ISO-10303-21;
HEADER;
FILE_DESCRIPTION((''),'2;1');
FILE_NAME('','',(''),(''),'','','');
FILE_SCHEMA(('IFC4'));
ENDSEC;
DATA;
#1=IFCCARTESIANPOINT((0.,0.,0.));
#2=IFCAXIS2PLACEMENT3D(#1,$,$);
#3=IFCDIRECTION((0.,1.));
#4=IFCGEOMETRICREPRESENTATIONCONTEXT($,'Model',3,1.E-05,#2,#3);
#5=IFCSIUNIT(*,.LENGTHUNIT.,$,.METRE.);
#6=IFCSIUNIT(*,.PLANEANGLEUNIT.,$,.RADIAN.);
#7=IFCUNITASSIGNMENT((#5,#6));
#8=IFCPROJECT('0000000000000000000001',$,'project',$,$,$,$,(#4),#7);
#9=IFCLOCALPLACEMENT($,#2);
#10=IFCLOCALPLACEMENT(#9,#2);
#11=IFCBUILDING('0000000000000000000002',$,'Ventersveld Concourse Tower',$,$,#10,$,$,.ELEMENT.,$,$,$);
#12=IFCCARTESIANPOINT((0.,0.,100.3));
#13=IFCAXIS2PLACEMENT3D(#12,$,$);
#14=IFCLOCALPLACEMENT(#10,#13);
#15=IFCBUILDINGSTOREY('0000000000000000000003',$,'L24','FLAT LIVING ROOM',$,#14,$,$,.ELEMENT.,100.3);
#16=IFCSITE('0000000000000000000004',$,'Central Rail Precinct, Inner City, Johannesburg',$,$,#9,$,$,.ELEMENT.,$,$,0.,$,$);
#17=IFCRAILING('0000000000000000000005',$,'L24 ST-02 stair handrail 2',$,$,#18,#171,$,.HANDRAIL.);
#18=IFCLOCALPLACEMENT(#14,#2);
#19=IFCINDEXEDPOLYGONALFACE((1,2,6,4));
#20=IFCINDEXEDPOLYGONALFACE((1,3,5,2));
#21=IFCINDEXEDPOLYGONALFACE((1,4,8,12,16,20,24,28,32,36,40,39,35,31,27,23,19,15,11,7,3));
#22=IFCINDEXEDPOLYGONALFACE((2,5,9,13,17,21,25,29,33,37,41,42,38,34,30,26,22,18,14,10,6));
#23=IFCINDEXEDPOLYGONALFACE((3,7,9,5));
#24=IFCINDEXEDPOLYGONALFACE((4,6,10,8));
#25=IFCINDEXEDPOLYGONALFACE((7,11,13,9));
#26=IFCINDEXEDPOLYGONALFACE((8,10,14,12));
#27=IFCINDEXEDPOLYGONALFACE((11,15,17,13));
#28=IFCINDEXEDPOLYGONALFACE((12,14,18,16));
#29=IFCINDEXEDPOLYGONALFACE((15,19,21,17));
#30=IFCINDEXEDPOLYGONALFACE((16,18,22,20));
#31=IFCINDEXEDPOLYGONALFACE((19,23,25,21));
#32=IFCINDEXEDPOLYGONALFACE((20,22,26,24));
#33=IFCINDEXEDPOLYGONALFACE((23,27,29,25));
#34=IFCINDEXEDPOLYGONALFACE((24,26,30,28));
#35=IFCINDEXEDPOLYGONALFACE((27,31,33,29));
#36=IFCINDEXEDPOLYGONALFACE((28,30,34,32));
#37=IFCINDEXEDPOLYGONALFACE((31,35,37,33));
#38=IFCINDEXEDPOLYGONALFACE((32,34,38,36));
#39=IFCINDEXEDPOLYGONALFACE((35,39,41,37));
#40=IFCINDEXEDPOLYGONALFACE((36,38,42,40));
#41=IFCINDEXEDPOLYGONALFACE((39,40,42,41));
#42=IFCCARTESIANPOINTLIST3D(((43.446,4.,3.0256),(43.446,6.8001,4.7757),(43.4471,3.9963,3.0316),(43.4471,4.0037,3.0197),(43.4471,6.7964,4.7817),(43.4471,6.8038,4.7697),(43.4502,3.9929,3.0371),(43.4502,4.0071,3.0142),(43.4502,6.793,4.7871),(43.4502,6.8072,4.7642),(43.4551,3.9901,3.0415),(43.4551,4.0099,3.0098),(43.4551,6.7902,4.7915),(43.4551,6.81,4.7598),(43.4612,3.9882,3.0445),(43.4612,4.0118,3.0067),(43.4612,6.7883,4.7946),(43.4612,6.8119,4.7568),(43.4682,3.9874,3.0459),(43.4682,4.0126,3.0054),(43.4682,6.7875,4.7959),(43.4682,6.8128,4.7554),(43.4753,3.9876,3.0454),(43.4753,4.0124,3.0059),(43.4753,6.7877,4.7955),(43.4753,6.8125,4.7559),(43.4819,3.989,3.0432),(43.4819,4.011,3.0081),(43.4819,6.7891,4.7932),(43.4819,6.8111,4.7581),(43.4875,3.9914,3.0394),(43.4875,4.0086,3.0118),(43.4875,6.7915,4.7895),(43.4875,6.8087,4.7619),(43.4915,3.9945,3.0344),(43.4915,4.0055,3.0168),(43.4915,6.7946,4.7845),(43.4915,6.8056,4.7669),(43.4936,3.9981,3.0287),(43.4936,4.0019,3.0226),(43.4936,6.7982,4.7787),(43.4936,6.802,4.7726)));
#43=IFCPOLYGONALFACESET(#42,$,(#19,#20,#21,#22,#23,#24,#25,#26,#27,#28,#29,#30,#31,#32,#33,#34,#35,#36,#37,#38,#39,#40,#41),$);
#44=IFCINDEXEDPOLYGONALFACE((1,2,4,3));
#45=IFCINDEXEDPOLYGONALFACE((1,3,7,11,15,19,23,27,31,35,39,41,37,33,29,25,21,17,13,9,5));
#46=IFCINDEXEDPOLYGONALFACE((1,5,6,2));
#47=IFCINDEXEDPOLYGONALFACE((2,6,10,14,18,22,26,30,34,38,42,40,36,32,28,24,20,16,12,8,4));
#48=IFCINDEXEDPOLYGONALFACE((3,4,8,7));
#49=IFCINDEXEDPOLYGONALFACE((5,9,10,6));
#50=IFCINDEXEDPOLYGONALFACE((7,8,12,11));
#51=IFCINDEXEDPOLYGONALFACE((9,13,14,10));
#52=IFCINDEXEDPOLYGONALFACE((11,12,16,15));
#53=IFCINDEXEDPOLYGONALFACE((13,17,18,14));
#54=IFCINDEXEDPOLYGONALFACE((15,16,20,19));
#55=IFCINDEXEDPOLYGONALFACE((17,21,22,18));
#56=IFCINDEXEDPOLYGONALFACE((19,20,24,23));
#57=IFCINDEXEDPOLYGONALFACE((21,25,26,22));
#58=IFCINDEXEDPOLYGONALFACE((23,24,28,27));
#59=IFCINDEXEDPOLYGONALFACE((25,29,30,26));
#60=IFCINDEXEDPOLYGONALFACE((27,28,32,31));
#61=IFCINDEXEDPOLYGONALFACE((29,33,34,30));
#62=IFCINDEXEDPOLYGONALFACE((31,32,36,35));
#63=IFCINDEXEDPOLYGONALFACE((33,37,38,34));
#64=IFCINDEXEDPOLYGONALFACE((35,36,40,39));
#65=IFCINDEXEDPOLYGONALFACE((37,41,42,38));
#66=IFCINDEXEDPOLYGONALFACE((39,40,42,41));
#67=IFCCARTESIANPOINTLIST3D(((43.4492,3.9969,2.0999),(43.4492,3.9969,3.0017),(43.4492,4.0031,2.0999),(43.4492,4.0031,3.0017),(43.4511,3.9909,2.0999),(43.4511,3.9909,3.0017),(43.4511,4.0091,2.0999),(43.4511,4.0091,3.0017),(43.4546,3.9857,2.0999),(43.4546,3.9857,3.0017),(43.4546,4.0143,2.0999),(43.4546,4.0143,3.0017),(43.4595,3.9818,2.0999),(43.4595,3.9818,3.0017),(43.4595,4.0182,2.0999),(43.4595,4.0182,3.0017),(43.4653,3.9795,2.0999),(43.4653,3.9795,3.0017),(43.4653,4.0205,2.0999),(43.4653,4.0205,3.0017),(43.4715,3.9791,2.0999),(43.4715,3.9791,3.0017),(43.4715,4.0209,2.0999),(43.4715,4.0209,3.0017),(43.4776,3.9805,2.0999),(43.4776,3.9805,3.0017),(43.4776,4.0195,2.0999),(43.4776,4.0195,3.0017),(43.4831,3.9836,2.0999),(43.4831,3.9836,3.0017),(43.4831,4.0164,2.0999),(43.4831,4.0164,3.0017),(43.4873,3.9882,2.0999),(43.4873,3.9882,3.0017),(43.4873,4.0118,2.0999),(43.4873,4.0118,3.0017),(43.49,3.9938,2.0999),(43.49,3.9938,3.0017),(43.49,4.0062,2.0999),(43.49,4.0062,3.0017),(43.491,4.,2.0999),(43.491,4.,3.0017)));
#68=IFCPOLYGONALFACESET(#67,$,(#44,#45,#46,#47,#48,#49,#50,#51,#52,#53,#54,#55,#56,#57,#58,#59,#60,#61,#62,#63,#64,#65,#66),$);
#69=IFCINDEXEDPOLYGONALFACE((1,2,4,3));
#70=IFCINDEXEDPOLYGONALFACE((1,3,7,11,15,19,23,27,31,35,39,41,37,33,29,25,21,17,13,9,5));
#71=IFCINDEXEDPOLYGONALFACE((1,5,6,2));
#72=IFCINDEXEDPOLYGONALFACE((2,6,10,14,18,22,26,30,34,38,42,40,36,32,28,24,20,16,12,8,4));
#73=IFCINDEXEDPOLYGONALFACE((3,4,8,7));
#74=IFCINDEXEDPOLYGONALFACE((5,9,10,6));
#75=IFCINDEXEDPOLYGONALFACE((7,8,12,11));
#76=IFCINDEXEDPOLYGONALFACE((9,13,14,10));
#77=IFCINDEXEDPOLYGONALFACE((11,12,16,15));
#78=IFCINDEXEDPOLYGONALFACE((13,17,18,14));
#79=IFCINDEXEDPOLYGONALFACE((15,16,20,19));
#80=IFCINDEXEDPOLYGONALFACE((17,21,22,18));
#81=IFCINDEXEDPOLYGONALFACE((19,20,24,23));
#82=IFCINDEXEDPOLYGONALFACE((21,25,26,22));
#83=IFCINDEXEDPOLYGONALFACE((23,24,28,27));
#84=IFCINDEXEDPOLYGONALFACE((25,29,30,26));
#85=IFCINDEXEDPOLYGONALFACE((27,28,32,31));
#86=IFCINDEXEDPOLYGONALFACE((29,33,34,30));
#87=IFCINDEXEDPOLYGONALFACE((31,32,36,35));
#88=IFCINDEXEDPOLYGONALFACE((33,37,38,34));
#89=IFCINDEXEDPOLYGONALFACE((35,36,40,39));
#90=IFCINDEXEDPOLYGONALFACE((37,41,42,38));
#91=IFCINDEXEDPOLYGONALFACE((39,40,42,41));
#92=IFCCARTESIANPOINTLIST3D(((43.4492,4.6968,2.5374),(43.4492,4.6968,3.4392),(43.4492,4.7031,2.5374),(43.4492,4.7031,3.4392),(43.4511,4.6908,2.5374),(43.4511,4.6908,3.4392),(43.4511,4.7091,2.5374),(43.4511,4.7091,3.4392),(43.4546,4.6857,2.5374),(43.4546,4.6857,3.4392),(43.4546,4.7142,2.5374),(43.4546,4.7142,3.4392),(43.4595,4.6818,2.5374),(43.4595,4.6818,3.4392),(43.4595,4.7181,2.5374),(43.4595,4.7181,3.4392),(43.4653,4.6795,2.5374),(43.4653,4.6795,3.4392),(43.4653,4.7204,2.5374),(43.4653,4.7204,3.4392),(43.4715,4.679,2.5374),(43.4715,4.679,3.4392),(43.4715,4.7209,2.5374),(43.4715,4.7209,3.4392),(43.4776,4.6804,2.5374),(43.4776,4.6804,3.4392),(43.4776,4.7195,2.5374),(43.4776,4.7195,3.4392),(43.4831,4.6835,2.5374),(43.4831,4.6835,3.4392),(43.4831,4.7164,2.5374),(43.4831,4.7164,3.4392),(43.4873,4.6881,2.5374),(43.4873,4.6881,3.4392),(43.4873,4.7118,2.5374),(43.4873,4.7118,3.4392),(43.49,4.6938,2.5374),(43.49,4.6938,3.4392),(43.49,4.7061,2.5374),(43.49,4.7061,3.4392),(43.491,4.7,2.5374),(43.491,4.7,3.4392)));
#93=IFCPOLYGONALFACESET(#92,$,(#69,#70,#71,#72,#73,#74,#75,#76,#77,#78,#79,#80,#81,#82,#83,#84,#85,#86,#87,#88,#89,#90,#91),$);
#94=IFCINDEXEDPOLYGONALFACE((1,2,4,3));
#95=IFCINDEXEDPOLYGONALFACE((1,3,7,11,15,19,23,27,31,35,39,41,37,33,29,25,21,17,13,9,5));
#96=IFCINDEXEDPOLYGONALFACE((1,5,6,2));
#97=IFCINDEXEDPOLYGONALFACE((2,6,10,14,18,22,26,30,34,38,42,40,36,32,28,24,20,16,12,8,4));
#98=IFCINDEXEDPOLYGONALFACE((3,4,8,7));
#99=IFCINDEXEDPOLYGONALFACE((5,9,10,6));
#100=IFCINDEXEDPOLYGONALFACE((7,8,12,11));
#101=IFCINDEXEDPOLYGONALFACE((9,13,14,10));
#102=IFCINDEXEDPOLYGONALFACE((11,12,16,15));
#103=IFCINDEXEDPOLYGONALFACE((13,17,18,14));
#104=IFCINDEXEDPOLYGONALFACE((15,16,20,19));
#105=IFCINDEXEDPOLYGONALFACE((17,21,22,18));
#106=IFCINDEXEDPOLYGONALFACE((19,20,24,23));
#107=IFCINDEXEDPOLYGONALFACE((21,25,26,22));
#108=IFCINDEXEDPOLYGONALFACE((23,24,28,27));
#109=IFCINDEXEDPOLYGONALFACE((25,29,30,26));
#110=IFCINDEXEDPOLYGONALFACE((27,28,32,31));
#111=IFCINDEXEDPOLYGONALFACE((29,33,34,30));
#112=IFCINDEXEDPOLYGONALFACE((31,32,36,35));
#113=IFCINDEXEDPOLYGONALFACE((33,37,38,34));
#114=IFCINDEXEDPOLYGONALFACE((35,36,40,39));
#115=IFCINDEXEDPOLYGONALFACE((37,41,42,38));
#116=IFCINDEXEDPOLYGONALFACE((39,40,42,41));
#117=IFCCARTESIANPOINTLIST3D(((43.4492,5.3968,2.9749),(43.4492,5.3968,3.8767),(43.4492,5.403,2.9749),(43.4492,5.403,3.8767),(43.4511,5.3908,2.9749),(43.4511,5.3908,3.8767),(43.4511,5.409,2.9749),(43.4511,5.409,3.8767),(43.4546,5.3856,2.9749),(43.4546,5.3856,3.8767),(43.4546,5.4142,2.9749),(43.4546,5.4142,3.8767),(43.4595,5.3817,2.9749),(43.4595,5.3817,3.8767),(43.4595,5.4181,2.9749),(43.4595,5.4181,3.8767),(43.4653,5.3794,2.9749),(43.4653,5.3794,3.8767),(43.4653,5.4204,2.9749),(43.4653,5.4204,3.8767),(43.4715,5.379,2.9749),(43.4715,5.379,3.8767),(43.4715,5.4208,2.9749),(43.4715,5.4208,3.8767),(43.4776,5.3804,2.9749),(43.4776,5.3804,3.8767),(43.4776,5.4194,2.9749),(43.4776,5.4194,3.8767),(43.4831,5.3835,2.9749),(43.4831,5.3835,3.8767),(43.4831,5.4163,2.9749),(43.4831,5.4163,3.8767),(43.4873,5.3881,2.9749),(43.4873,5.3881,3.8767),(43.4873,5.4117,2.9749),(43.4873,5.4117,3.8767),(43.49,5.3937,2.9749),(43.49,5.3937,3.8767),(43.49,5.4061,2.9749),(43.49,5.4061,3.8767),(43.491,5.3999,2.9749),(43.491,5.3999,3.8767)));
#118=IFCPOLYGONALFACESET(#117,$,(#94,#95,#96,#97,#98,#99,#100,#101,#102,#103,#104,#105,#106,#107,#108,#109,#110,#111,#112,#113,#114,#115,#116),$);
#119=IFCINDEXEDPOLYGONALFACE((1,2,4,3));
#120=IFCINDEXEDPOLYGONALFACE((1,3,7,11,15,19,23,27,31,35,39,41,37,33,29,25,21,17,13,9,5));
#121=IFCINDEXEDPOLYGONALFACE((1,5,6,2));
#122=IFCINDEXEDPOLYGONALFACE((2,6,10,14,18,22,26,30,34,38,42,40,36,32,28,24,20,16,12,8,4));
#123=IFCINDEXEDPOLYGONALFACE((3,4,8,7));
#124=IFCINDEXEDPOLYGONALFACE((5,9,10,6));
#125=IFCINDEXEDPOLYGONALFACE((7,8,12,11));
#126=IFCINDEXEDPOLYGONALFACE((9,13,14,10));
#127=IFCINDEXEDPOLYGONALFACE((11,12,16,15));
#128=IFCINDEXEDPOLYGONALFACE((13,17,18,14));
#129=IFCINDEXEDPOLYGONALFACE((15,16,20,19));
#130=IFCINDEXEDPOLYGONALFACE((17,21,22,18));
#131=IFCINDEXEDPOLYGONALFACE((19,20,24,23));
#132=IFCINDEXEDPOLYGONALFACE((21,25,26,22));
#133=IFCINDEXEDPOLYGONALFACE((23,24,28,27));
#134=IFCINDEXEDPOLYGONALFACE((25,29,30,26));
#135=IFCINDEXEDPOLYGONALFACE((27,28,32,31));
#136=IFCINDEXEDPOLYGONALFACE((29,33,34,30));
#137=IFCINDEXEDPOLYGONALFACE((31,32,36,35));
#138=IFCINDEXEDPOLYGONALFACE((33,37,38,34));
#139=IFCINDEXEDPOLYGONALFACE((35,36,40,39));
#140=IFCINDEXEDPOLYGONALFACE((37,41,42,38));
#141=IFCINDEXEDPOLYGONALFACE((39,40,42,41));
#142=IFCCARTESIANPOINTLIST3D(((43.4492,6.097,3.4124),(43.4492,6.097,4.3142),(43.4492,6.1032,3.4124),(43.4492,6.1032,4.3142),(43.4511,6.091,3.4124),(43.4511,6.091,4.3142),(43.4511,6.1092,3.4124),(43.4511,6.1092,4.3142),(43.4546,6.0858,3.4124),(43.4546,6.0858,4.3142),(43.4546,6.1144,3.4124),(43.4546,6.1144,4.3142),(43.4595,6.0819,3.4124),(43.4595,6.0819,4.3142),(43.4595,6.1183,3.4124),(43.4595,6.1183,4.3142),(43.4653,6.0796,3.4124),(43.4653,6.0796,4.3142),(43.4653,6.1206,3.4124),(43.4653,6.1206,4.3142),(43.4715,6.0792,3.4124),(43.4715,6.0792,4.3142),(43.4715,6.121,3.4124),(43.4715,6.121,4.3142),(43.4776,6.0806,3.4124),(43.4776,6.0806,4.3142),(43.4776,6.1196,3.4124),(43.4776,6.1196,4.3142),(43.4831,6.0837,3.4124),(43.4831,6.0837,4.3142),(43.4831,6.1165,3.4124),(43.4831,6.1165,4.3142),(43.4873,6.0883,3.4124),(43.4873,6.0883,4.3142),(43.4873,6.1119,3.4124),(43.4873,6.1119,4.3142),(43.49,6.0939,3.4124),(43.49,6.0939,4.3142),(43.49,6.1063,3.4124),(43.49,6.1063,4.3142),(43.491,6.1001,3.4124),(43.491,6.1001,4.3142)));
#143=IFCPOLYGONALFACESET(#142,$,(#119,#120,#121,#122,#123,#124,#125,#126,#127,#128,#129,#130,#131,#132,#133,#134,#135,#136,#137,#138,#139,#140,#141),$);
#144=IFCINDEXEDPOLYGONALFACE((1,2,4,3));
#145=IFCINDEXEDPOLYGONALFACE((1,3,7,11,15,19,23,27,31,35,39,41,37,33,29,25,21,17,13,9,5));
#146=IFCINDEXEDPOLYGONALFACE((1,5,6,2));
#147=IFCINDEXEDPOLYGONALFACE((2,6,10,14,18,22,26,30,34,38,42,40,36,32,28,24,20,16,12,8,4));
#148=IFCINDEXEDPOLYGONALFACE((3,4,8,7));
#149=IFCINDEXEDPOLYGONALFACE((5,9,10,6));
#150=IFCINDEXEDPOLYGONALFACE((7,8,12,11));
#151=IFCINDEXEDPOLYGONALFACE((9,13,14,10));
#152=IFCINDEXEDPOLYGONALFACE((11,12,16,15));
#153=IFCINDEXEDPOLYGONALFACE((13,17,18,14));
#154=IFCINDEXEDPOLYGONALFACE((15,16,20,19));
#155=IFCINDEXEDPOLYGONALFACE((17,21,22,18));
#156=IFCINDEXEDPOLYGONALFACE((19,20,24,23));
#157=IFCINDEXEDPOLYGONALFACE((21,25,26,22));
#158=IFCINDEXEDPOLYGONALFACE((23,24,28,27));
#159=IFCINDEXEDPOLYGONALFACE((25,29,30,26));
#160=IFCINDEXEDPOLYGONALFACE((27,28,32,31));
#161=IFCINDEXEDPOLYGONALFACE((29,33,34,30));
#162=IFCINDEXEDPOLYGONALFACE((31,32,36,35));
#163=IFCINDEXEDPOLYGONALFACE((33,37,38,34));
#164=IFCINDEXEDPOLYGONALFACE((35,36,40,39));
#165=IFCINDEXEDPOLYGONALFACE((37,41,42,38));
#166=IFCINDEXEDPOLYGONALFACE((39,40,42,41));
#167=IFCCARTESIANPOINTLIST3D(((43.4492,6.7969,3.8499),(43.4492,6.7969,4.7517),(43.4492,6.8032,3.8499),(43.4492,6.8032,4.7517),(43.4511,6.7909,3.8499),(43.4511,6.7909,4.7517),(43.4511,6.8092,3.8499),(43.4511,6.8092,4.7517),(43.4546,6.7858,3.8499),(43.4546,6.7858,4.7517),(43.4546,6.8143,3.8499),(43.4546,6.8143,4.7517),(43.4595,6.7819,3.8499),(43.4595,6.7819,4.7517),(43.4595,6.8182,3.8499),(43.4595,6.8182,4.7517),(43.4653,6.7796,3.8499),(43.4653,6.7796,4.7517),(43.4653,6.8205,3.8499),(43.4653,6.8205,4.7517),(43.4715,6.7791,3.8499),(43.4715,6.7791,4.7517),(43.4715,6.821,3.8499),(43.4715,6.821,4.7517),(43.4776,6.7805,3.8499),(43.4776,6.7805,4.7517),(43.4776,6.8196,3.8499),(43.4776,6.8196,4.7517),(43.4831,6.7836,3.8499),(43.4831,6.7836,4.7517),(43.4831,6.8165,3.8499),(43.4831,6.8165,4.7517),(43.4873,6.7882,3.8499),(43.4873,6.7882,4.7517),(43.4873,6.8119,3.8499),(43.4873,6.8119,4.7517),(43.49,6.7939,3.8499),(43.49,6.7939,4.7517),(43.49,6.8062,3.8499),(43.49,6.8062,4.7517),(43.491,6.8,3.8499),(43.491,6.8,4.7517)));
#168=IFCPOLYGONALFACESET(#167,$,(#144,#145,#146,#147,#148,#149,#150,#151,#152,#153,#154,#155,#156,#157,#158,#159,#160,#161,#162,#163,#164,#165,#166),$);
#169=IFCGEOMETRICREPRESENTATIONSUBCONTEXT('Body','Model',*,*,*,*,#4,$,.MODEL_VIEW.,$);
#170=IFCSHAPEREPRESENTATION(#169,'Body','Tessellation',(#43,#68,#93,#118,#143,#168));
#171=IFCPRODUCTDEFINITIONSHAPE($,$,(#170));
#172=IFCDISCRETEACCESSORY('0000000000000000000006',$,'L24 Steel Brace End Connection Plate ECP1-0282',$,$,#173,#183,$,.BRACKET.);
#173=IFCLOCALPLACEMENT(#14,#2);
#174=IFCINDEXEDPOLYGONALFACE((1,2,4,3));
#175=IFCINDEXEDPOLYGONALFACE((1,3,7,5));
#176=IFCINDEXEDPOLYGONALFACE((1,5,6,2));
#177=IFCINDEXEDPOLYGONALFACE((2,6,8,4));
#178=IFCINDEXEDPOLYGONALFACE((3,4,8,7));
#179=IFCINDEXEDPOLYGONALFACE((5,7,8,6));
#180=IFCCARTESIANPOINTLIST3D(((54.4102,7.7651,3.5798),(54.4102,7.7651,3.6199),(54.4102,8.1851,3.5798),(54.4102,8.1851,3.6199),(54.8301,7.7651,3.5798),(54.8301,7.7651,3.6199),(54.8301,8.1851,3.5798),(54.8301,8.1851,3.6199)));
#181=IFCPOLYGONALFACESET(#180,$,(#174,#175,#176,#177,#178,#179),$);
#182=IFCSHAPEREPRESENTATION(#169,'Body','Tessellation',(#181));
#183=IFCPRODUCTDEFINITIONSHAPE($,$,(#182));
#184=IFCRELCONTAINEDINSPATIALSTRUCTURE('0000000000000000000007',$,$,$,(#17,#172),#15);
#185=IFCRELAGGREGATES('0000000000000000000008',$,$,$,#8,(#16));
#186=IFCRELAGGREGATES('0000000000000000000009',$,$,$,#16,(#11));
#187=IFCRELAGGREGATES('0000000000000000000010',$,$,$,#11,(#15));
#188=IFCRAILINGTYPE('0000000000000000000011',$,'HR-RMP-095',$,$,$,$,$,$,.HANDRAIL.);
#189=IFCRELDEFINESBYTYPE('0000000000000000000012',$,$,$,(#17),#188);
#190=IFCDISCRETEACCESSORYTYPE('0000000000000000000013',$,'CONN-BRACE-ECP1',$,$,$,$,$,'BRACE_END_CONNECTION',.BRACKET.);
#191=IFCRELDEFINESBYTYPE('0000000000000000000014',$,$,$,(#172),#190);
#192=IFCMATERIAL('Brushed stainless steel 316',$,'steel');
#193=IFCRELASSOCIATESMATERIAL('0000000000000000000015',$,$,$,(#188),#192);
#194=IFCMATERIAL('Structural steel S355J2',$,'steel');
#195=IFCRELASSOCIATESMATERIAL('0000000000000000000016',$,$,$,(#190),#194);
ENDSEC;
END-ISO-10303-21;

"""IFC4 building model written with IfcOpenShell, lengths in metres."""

from ifc_helpers import new_model, si_unit, direction, frame, origin, origin_2d, place, context, subcontext, project, spatial, rectangle, circle, extrude, material, type_object, element, save


model = new_model("IFC4")

# Units and contexts
model_context = context("Model", 3, precision=1e-05, world=origin(), true_north=direction((0.0, 1.0)))
body_context = subcontext(model_context, "Body", "Model", "MODEL_VIEW")
ifc_project = project(units=[si_unit("LENGTHUNIT", "METRE"), si_unit("PLANEANGLEUNIT", "RADIAN")], contexts=[model_context])

# Site, building, storey
site_placement = place(None, origin())
site = spatial("IfcSite", under=ifc_project, at=site_placement, Name="Central Rail Precinct, Inner City, Johannesburg", CompositionType="ELEMENT", RefElevation=0.0)
building_placement = place(site_placement, origin())
building = spatial("IfcBuilding", under=site, at=building_placement, Name="Ventersveld Concourse Tower", CompositionType="ELEMENT")
storey_placement = place(building_placement, frame((0.0, 0.0, 100.3)))
storey = spatial("IfcBuildingStorey", under=building, at=storey_placement, Name="L24", Description="FLAT LIVING ROOM", CompositionType="ELEMENT", Elevation=100.3)

# Shared definitions
ifc_material_1 = material(Name="Structural steel S355J2", Category="steel")

# Railing
ifc_material_2 = material(Name="Brushed stainless steel 316", Category="steel")
railing_type = type_object("IfcRailingType", Name="HR-RMP-095", PredefinedType="HANDRAIL", material=ifc_material_2)
railing_placement = place(storey_placement, frame((43.47, 4.0, 2.0999)))
element("IfcRailing", 1, at=railing_placement, inside=storey, type_object=railing_type, Name="L24 ST-02 stair handrail 2", PredefinedType="HANDRAIL", context=body_context, shape_type="SweptSolid", body=[
    extrude(circle(Radius=0.0239, at=origin_2d()), frame((0.0, 0.0, 0.9258), z_axis=(0.0, 0.848002, 0.529992), x_axis=(-1.0, 0.0, 0.0)), (0.0, 0.0, 1.0), 3.302),
    extrude(circle(Radius=0.021, at=origin_2d()), origin(), (0.0, 0.0, 1.0), 0.9019),
    extrude(circle(Radius=0.021, at=origin_2d()), frame((0.0, 0.7, 0.4375)), (0.0, 0.0, 1.0), 0.9019),
    extrude(circle(Radius=0.021, at=origin_2d()), frame((0.0, 1.3999, 0.875)), (0.0, 0.0, 1.0), 0.9019),
    extrude(circle(Radius=0.021, at=origin_2d()), frame((0.0, 2.1001, 1.3125)), (0.0, 0.0, 1.0), 0.9019),
    extrude(circle(Radius=0.021, at=origin_2d()), frame((0.0, 2.8, 1.75)), (0.0, 0.0, 1.0), 0.9019),
])

# Discrete accessory
discrete_accessory_type = type_object("IfcDiscreteAccessoryType", Name="CONN-BRACE-ECP1", ElementType="BRACE_END_CONNECTION", PredefinedType="BRACKET", material=ifc_material_1)
discrete_accessory_placement = place(storey_placement, frame((54.6201, 7.9751, 3.5798), z_axis=(0.0, 0.0, 1.0), x_axis=(1.0, 0.0, 0.0)))
element("IfcDiscreteAccessory", 2, at=discrete_accessory_placement, inside=storey, type_object=discrete_accessory_type, Name="L24 Steel Brace End Connection Plate ECP1-0282", PredefinedType="BRACKET", context=body_context, shape_type="SweptSolid", body=[
    extrude(rectangle(XDim=0.4199, YDim=0.4199, at=origin_2d()), origin(), (0.0, 0.0, 1.0), 0.04),
])

save(model, "model.ifc")
